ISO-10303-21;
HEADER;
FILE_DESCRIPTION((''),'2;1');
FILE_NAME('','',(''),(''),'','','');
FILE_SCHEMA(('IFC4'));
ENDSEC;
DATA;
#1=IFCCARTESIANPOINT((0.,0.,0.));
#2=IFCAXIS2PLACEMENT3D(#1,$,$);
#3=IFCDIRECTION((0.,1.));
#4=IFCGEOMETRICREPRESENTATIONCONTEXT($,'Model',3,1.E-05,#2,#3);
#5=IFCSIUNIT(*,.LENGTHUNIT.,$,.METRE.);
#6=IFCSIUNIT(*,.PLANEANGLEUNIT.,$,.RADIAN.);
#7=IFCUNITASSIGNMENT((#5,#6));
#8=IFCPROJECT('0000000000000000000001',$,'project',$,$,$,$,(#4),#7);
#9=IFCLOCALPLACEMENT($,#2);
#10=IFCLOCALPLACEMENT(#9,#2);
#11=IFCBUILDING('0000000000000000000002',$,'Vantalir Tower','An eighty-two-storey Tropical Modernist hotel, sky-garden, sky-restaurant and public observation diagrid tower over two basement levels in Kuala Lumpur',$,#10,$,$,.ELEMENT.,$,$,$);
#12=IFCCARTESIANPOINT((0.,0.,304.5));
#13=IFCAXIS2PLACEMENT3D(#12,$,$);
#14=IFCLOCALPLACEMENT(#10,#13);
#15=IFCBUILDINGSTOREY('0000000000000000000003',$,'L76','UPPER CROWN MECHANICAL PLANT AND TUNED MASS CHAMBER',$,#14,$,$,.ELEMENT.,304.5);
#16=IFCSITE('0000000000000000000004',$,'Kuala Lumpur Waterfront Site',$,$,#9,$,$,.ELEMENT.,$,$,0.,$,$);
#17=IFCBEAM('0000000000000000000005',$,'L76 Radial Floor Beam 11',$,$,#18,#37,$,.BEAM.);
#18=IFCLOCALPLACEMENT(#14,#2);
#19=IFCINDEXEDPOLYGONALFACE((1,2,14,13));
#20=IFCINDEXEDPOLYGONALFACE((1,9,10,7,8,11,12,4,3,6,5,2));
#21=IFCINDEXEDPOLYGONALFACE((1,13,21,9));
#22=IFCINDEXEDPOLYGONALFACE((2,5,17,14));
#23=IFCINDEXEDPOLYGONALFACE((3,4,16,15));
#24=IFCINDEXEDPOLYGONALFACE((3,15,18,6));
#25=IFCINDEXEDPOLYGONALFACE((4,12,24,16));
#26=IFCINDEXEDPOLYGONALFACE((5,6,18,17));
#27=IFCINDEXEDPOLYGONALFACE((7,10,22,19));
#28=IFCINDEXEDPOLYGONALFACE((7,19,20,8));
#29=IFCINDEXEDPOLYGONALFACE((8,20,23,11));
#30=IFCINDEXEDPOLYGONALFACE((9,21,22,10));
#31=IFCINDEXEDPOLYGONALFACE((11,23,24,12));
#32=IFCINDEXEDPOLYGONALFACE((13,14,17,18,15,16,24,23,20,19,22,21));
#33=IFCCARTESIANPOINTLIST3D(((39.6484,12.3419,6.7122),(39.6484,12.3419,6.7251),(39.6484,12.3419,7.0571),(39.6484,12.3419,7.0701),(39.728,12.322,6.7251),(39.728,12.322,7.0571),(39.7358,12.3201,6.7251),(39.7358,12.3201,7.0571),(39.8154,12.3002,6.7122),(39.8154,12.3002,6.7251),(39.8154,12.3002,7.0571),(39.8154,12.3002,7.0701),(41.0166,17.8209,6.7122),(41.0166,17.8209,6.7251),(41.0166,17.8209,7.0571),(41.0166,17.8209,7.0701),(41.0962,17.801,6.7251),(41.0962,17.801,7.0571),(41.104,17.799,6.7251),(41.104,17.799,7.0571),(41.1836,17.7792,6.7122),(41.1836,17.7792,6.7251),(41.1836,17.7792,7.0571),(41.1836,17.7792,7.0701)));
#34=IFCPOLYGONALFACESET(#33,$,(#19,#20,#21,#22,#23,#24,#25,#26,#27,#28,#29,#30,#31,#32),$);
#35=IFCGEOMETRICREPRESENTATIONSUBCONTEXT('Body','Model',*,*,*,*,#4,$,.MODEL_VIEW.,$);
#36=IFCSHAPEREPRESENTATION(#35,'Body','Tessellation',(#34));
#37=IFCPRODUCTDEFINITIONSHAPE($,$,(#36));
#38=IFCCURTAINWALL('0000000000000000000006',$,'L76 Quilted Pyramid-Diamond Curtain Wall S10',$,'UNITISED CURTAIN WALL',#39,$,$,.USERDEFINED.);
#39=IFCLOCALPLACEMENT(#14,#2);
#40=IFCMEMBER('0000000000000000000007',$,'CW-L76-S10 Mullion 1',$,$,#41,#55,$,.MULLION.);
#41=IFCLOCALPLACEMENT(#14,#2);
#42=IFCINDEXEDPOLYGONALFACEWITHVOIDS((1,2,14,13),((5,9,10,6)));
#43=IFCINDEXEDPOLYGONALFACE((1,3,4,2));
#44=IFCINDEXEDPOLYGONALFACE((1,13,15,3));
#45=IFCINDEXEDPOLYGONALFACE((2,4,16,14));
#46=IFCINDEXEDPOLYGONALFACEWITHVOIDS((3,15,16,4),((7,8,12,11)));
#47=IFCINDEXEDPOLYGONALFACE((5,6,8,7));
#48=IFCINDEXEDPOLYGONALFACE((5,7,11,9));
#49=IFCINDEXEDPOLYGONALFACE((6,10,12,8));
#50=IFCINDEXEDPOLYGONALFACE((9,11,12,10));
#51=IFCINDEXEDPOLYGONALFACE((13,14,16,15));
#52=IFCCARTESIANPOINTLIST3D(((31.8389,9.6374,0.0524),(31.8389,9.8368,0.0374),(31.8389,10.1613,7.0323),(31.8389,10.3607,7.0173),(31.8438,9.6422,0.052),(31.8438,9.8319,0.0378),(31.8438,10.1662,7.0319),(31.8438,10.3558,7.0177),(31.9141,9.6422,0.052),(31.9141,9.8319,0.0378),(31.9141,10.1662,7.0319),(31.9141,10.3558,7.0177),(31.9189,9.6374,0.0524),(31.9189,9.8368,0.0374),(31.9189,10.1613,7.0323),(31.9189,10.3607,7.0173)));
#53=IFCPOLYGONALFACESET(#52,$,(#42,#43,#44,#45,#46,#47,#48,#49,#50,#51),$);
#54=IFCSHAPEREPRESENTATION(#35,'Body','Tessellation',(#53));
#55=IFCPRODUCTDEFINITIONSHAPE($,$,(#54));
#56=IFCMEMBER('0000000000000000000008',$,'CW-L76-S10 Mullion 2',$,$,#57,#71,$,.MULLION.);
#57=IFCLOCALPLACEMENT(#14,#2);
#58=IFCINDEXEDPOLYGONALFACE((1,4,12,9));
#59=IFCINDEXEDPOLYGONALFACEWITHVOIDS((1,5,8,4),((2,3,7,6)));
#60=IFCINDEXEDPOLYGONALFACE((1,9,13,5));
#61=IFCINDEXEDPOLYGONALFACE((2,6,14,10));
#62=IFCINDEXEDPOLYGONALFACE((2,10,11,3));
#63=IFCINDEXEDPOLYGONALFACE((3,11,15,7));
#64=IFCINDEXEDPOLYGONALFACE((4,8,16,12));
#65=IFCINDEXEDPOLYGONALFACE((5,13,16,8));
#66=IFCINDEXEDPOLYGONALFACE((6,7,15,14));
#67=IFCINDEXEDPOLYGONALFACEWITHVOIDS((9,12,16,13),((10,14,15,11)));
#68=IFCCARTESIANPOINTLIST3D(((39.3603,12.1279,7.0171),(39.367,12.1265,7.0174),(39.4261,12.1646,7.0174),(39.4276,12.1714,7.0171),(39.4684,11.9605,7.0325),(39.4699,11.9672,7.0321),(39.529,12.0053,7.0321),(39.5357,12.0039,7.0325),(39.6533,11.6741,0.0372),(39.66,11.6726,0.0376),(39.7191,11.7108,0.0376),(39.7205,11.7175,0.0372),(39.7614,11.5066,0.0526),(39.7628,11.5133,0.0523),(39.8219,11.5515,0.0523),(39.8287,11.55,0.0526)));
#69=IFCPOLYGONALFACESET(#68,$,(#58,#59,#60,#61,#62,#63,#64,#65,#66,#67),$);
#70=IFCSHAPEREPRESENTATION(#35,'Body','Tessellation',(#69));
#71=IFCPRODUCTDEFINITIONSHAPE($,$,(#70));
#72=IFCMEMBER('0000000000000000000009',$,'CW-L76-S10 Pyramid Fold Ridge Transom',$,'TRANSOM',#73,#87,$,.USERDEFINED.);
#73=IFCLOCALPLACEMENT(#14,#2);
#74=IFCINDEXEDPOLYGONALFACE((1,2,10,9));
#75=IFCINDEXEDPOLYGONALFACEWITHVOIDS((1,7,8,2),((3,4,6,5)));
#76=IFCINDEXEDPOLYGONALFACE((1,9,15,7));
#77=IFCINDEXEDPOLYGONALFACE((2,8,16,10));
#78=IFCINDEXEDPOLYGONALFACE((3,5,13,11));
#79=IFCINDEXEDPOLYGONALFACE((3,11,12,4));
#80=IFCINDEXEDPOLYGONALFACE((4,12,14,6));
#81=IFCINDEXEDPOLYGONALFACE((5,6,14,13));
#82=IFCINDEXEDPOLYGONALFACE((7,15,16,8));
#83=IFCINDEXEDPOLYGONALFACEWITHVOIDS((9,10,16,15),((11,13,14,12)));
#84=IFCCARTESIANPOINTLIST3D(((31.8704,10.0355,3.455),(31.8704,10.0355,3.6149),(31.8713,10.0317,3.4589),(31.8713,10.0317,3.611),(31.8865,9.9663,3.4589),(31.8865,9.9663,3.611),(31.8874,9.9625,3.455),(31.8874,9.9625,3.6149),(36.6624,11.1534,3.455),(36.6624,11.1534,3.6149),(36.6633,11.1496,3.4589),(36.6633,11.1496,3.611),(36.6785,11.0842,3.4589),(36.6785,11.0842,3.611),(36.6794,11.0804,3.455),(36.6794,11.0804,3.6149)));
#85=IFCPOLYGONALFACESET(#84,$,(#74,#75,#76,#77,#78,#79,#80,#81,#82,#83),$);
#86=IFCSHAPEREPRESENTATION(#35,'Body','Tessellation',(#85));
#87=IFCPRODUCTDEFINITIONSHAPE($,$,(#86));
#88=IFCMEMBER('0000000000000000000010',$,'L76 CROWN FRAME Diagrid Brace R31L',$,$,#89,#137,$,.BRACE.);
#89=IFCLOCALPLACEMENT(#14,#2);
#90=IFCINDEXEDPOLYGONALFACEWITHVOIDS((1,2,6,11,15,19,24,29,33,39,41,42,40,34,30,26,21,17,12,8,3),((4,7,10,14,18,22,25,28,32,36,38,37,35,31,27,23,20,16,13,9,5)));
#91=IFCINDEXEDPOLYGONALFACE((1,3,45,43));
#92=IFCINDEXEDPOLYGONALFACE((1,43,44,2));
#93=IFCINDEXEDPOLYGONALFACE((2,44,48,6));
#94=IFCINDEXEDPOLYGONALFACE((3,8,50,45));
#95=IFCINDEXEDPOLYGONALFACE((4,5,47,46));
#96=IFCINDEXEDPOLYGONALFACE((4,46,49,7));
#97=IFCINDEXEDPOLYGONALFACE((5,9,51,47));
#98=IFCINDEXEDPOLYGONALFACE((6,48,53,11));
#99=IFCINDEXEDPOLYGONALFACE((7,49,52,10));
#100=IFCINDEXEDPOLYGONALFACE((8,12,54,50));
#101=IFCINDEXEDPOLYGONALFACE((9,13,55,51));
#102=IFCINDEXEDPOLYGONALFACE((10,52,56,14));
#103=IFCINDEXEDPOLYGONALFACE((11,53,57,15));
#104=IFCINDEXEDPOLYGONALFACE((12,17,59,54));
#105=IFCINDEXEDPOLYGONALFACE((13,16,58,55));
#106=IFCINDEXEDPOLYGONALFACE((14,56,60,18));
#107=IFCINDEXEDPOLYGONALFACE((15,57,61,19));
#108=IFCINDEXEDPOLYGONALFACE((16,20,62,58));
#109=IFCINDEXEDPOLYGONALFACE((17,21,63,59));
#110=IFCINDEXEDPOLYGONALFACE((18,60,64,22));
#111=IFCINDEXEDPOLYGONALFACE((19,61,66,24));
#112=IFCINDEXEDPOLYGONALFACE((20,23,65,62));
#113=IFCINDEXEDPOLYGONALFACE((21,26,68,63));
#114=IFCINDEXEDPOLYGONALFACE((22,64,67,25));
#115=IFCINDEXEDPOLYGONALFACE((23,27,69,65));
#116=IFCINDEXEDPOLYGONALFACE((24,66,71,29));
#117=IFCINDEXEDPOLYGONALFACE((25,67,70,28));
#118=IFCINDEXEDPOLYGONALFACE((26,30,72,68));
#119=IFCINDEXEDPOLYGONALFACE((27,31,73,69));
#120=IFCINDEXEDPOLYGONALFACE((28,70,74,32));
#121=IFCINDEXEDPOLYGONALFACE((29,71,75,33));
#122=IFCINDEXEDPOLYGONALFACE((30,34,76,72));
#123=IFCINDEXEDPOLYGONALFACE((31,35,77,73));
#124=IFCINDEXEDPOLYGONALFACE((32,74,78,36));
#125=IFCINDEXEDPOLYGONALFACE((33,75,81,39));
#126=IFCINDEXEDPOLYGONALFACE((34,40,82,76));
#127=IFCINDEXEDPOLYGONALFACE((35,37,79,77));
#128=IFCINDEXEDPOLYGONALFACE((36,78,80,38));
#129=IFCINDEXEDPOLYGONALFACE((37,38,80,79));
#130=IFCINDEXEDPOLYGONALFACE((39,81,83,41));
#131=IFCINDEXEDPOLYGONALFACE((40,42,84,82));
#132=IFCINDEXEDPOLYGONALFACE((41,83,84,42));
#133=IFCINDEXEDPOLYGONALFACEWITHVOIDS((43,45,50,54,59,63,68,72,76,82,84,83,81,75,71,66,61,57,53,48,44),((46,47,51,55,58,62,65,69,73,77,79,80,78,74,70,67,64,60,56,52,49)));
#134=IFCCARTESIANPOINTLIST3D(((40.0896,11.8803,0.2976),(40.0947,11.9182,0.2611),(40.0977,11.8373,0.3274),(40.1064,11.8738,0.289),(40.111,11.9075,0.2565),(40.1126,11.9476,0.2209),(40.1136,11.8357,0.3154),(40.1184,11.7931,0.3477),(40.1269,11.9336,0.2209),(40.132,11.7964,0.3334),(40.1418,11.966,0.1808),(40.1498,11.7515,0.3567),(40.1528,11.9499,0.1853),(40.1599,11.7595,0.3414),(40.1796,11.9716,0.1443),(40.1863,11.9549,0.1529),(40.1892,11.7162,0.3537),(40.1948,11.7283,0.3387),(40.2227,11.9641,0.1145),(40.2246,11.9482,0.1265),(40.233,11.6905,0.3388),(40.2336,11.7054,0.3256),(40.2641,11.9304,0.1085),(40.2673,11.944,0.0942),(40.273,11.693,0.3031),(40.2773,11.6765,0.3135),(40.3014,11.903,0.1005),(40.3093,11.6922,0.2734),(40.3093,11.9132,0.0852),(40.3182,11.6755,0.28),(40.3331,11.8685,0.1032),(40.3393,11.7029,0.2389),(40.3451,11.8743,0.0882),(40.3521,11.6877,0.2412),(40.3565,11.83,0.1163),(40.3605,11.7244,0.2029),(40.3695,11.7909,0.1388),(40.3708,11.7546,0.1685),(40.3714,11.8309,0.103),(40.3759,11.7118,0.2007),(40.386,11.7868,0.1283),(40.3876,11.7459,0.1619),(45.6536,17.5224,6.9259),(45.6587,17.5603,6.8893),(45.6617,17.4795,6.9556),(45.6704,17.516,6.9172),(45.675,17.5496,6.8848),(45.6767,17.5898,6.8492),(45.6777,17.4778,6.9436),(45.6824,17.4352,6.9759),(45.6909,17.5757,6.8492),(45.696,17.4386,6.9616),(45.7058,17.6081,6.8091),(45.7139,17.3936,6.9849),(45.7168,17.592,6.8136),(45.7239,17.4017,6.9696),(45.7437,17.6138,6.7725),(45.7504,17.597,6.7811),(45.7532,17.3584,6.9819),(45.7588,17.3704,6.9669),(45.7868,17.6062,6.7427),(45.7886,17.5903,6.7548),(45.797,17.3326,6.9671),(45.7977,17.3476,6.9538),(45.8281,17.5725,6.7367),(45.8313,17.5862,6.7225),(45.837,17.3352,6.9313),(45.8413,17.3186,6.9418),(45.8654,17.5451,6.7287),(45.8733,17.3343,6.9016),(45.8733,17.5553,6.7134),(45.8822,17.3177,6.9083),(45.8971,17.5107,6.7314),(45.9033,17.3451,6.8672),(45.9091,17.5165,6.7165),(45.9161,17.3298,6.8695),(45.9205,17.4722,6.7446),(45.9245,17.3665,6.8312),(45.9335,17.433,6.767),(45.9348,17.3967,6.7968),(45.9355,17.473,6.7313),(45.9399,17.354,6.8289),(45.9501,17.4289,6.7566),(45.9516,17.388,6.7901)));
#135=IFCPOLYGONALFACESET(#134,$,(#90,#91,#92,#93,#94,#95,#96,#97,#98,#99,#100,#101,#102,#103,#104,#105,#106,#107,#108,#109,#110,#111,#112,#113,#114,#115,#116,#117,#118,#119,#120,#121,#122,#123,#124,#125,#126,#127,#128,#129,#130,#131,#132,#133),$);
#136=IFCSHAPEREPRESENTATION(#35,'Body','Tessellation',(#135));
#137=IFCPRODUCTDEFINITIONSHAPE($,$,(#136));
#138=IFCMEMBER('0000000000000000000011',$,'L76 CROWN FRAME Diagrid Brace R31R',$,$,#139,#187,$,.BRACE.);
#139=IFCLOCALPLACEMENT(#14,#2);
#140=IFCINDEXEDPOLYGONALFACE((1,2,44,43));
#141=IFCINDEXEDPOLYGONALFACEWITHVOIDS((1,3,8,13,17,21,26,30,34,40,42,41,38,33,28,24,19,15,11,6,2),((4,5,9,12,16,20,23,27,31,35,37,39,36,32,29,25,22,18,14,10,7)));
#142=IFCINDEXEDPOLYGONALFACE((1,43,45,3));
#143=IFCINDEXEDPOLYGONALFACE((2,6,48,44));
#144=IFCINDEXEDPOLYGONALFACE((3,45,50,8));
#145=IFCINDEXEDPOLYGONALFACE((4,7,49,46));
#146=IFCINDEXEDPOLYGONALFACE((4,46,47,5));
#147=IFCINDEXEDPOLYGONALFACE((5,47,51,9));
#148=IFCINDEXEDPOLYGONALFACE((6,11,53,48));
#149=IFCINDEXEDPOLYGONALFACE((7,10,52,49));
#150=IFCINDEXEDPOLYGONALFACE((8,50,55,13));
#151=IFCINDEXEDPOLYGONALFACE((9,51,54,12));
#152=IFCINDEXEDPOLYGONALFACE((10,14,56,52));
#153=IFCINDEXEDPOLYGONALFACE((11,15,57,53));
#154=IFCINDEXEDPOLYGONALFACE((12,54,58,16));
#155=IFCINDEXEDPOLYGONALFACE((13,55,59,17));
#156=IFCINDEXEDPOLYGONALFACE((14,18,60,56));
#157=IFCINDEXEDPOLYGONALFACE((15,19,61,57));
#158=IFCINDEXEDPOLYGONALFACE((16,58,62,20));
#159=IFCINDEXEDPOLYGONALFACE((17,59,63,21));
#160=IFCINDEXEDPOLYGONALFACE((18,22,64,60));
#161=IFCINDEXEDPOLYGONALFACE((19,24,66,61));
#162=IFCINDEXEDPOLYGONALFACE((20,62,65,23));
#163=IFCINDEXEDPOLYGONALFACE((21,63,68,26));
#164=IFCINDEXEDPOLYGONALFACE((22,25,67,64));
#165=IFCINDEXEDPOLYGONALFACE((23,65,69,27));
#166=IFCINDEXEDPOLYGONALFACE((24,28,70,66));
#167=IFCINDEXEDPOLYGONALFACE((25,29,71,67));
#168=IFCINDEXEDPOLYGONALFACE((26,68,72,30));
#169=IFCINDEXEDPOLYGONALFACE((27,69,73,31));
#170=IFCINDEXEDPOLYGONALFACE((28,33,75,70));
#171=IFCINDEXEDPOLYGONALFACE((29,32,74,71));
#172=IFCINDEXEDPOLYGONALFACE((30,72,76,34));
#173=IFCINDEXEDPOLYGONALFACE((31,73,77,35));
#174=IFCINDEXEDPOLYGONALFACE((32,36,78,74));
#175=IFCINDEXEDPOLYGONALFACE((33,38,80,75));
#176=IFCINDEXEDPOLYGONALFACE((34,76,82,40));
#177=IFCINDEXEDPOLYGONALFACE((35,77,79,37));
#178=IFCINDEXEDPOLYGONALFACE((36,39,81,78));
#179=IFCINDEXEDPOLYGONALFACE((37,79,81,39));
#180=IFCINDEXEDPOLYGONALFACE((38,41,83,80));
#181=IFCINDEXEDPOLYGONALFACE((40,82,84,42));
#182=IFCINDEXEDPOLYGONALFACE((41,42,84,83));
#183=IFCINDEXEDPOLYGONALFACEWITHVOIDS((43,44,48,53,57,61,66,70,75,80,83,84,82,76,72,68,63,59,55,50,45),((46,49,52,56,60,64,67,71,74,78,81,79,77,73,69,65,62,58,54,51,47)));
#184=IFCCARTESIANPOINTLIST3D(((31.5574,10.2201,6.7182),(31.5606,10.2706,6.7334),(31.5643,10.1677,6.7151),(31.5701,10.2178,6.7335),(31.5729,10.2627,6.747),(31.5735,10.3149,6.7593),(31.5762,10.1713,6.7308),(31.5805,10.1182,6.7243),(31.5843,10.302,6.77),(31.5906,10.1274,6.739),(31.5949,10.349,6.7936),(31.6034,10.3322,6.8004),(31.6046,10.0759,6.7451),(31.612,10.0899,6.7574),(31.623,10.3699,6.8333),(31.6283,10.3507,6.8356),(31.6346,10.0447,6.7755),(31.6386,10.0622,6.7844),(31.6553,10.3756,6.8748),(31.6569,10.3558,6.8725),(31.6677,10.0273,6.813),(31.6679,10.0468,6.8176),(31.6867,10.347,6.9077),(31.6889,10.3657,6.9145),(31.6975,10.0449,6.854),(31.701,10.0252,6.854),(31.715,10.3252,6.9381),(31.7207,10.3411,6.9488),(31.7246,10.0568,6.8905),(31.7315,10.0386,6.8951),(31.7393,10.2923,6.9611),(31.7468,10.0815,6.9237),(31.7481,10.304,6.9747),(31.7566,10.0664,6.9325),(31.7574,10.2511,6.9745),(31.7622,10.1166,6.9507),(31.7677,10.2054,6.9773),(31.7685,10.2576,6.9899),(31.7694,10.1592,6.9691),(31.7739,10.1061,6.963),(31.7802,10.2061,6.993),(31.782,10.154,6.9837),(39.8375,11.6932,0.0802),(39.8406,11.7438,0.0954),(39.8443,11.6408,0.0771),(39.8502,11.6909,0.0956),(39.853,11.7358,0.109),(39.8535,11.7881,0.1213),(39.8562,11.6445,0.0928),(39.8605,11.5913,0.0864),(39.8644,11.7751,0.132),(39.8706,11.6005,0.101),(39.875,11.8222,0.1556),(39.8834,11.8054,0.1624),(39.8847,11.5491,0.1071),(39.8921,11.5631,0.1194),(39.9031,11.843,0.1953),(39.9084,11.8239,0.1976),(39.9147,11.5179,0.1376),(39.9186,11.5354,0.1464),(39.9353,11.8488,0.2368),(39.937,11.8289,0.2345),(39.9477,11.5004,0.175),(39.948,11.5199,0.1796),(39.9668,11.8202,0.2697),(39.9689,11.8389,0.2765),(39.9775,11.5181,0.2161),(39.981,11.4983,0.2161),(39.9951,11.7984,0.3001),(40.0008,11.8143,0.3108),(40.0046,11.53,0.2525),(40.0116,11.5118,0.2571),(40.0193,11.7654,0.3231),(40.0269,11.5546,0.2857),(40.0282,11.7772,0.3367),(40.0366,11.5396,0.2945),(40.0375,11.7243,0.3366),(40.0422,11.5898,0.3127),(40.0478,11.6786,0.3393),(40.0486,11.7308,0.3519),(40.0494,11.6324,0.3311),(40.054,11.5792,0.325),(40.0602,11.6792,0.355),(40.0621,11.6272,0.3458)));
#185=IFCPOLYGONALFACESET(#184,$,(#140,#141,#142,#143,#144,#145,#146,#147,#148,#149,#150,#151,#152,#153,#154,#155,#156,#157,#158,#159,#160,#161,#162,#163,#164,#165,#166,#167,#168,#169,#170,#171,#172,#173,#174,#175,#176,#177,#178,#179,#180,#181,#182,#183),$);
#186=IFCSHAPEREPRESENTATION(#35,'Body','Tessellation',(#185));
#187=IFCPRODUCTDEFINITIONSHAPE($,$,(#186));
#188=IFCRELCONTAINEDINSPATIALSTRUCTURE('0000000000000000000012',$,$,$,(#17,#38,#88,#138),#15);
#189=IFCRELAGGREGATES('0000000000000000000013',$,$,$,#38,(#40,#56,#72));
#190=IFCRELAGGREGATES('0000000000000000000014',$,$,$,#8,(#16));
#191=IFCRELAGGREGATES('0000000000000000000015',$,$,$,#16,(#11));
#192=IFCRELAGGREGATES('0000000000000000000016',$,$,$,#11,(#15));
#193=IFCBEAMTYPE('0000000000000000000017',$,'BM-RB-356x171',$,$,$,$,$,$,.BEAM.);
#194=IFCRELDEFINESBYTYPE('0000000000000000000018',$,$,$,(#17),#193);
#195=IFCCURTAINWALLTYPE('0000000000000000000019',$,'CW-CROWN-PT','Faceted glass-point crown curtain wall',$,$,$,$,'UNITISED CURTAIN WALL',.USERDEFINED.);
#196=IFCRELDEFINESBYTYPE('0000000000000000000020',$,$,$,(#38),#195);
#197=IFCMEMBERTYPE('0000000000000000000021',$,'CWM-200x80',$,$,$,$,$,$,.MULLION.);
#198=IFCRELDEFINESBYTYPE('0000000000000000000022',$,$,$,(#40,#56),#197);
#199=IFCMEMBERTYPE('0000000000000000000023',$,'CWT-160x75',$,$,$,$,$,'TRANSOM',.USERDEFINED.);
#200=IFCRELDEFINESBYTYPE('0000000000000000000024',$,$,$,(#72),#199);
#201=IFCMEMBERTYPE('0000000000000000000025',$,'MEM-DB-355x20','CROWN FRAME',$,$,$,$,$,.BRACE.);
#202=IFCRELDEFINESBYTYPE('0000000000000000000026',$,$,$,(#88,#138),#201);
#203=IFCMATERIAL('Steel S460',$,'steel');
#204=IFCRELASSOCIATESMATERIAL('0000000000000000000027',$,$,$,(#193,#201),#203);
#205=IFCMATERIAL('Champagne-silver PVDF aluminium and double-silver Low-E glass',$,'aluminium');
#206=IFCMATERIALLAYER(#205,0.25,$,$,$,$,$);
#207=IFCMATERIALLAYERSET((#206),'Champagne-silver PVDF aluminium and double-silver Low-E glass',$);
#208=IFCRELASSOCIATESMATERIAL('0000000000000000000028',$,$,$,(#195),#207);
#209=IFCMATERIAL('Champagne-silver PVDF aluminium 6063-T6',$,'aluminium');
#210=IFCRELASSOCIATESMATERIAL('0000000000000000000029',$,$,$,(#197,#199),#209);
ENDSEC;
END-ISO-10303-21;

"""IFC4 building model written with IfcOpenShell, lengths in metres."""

from ifc_helpers import new_model, si_unit, direction, frame, origin, origin_2d, place, context, subcontext, project, spatial, hollow_rectangle, hollow_circle, i_section, extrude, material, layer, layer_set, material_profile, profile_set, type_object, element, aggregate, save


model = new_model("IFC4")

# Units and contexts
model_context = context("Model", 3, precision=1e-05, world=origin(), true_north=direction((0.0, 1.0)))
body_context = subcontext(model_context, "Body", "Model", "MODEL_VIEW")
ifc_project = project(units=[si_unit("LENGTHUNIT", "METRE"), si_unit("PLANEANGLEUNIT", "RADIAN")], contexts=[model_context])

# Site, building, storey
site_placement = place(None, origin())
site = spatial("IfcSite", under=ifc_project, at=site_placement, Name="Kuala Lumpur Waterfront Site", CompositionType="ELEMENT", RefElevation=0.0)
building_placement = place(site_placement, origin())
building = spatial("IfcBuilding", under=site, at=building_placement, Name="Vantalir Tower", Description="An eighty-two-storey Tropical Modernist hotel, sky-garden, sky-restaurant and public observation diagrid tower over two basement levels in Kuala Lumpur", CompositionType="ELEMENT")
storey_placement = place(building_placement, frame((0.0, 0.0, 304.5)))
storey = spatial("IfcBuildingStorey", under=building, at=storey_placement, Name="L76", Description="UPPER CROWN MECHANICAL PLANT AND TUNED MASS CHAMBER", CompositionType="ELEMENT", Elevation=304.5)

# Shared definitions
ifc_material_1 = material(Name="Steel S460", Category="steel")

# Beam
ifc_material_profile_1 = material_profile(ifc_material_1, i_section(OverallWidth=0.1721, OverallDepth=0.3579, WebThickness=0.0081, FlangeThickness=0.0129, at=origin_2d()), Name="Steel S460")
ifc_profile_set_1 = profile_set([ifc_material_profile_1], Name="Steel S460")
beam_type = type_object("IfcBeamType", Name="BM-RB-356x171", PredefinedType="BEAM", material=ifc_profile_set_1)
beam_1_placement = place(storey_placement, frame((39.7319, 12.321, 6.8911), z_axis=(0.242271, 0.970209, 0.0), x_axis=(-0.970209, 0.242271, 0.0)))
element("IfcBeam", 1, at=beam_1_placement, inside=storey, type_object=beam_type, Name="L76 Radial Floor Beam 11", PredefinedType="BEAM", context=body_context, shape_type="SweptSolid", body=[
    extrude(i_section(OverallWidth=0.1721, OverallDepth=0.3579, WebThickness=0.0081, FlangeThickness=0.0129, at=origin_2d()), origin(), (0.0, 0.0, 1.0), 5.6472),
])

# Curtain wall, members
ifc_material_2 = material(Name="Champagne-silver PVDF aluminium and double-silver Low-E glass", Category="aluminium")
ifc_layer_1 = layer(ifc_material_2, 0.25)
ifc_layer_set_1 = layer_set([ifc_layer_1], Name="Champagne-silver PVDF aluminium and double-silver Low-E glass")
curtain_wall_type = type_object("IfcCurtainWallType", Name="CW-CROWN-PT", Description="Faceted glass-point crown curtain wall", ElementType="UNITISED CURTAIN WALL", PredefinedType="USERDEFINED", material=ifc_layer_set_1)
curtain_wall_placement = place(storey_placement, origin())
curtain_wall = element("IfcCurtainWall", 2, at=curtain_wall_placement, inside=storey, type_object=curtain_wall_type, Name="L76 Quilted Pyramid-Diamond Curtain Wall S10", ObjectType="UNITISED CURTAIN WALL", PredefinedType="USERDEFINED")
ifc_material_3 = material(Name="Champagne-silver PVDF aluminium 6063-T6", Category="aluminium")
ifc_material_profile_2 = material_profile(ifc_material_3, hollow_rectangle(XDim=0.0801, YDim=0.2, WallThickness=0.0049, at=origin_2d()), Name="Champagne-silver PVDF aluminium 6063-T6")
ifc_profile_set_2 = profile_set([ifc_material_profile_2], Name="Champagne-silver PVDF aluminium 6063-T6")
member_type_1 = type_object("IfcMemberType", Name="CWM-200x80", PredefinedType="MULLION", material=ifc_profile_set_2)
member_1_placement = place(storey_placement, frame((31.8789, 9.7371, 0.0449), z_axis=(0.0, 0.074851, 0.997195), x_axis=(-1.0, 0.0, 0.0)))
member_1 = element("IfcMember", 3, at=member_1_placement, type_object=member_type_1, Name="CW-L76-S10 Mullion 1", PredefinedType="MULLION", context=body_context, shape_type="SweptSolid", body=[
    extrude(hollow_rectangle(XDim=0.0801, YDim=0.2, WallThickness=0.0049, at=origin_2d()), origin(), (0.0, 0.0, 1.0), 6.9995),
])
member_2_placement = place(storey_placement, frame((39.741, 11.6121, 0.0449), z_axis=(-0.041848, 0.064829, 0.997019), x_axis=(-0.840164, -0.542333, 0.0)))
member_2 = element("IfcMember", 4, at=member_2_placement, type_object=member_type_1, Name="CW-L76-S10 Mullion 2", PredefinedType="MULLION", context=body_context, shape_type="SweptSolid", body=[
    extrude(hollow_rectangle(XDim=0.0801, YDim=0.2, WallThickness=0.0049, at=origin_2d()), origin(), (0.0, 0.0, 1.0), 7.0007),
])
ifc_material_profile_3 = material_profile(ifc_material_3, hollow_rectangle(XDim=0.075, YDim=0.1599, WallThickness=0.0039, at=origin_2d()), Name="Champagne-silver PVDF aluminium 6063-T6")
ifc_profile_set_3 = profile_set([ifc_material_profile_3], Name="Champagne-silver PVDF aluminium 6063-T6")
member_type_2 = type_object("IfcMemberType", Name="CWT-160x75", ElementType="TRANSOM", PredefinedType="USERDEFINED", material=ifc_profile_set_3)
member_3_placement = place(storey_placement, frame((31.8789, 9.999, 3.5349), z_axis=(0.973851, 0.227189, 0.0), x_axis=(-0.227189, 0.973851, 0.0)))
member_3 = element("IfcMember", 5, at=member_3_placement, type_object=member_type_2, Name="CW-L76-S10 Pyramid Fold Ridge Transom", ObjectType="TRANSOM", PredefinedType="USERDEFINED", context=body_context, shape_type="SweptSolid", body=[
    extrude(hollow_rectangle(XDim=0.075, YDim=0.1599, WallThickness=0.0039, at=origin_2d()), origin(), (0.0, 0.0, 1.0), 4.9207),
])

# Members
ifc_material_profile_4 = material_profile(ifc_material_1, hollow_circle(Radius=0.1775, WallThickness=0.02, at=origin_2d()), Name="Steel S460")
ifc_profile_set_4 = profile_set([ifc_material_profile_4], Name="Steel S460")
member_type_3 = type_object("IfcMemberType", Name="MEM-DB-355x20", Description="CROWN FRAME", PredefinedType="BRACE", material=ifc_profile_set_4)
member_4_placement = place(storey_placement, frame((40.239, 11.823, 0.2209), z_axis=(0.538585, 0.546147, 0.641599), x_axis=(-0.712019, 0.70216, 0.0)))
element("IfcMember", 6, at=member_4_placement, inside=storey, type_object=member_type_3, Name="L76 CROWN FRAME Diagrid Brace R31L", PredefinedType="BRACE", context=body_context, shape_type="SweptSolid", body=[
    extrude(hollow_circle(Radius=0.1775, WallThickness=0.02, at=origin_2d()), origin(), (0.0, 0.0, 1.0), 10.3308),
])
member_5_placement = place(storey_placement, frame((39.95, 11.6731, 0.2161), z_axis=(-0.772818, -0.137496, 0.619554), x_axis=(0.175165, -0.984539, 0.0)))
element("IfcMember", 7, at=member_5_placement, inside=storey, type_object=member_type_3, Name="L76 CROWN FRAME Diagrid Brace R31R", PredefinedType="BRACE", context=body_context, shape_type="SweptSolid", body=[
    extrude(hollow_circle(Radius=0.1775, WallThickness=0.02, at=origin_2d()), origin(), (0.0, 0.0, 1.0), 10.7141),
])

aggregate(curtain_wall, [member_1, member_2, member_3])

save(model, "model.ifc")
